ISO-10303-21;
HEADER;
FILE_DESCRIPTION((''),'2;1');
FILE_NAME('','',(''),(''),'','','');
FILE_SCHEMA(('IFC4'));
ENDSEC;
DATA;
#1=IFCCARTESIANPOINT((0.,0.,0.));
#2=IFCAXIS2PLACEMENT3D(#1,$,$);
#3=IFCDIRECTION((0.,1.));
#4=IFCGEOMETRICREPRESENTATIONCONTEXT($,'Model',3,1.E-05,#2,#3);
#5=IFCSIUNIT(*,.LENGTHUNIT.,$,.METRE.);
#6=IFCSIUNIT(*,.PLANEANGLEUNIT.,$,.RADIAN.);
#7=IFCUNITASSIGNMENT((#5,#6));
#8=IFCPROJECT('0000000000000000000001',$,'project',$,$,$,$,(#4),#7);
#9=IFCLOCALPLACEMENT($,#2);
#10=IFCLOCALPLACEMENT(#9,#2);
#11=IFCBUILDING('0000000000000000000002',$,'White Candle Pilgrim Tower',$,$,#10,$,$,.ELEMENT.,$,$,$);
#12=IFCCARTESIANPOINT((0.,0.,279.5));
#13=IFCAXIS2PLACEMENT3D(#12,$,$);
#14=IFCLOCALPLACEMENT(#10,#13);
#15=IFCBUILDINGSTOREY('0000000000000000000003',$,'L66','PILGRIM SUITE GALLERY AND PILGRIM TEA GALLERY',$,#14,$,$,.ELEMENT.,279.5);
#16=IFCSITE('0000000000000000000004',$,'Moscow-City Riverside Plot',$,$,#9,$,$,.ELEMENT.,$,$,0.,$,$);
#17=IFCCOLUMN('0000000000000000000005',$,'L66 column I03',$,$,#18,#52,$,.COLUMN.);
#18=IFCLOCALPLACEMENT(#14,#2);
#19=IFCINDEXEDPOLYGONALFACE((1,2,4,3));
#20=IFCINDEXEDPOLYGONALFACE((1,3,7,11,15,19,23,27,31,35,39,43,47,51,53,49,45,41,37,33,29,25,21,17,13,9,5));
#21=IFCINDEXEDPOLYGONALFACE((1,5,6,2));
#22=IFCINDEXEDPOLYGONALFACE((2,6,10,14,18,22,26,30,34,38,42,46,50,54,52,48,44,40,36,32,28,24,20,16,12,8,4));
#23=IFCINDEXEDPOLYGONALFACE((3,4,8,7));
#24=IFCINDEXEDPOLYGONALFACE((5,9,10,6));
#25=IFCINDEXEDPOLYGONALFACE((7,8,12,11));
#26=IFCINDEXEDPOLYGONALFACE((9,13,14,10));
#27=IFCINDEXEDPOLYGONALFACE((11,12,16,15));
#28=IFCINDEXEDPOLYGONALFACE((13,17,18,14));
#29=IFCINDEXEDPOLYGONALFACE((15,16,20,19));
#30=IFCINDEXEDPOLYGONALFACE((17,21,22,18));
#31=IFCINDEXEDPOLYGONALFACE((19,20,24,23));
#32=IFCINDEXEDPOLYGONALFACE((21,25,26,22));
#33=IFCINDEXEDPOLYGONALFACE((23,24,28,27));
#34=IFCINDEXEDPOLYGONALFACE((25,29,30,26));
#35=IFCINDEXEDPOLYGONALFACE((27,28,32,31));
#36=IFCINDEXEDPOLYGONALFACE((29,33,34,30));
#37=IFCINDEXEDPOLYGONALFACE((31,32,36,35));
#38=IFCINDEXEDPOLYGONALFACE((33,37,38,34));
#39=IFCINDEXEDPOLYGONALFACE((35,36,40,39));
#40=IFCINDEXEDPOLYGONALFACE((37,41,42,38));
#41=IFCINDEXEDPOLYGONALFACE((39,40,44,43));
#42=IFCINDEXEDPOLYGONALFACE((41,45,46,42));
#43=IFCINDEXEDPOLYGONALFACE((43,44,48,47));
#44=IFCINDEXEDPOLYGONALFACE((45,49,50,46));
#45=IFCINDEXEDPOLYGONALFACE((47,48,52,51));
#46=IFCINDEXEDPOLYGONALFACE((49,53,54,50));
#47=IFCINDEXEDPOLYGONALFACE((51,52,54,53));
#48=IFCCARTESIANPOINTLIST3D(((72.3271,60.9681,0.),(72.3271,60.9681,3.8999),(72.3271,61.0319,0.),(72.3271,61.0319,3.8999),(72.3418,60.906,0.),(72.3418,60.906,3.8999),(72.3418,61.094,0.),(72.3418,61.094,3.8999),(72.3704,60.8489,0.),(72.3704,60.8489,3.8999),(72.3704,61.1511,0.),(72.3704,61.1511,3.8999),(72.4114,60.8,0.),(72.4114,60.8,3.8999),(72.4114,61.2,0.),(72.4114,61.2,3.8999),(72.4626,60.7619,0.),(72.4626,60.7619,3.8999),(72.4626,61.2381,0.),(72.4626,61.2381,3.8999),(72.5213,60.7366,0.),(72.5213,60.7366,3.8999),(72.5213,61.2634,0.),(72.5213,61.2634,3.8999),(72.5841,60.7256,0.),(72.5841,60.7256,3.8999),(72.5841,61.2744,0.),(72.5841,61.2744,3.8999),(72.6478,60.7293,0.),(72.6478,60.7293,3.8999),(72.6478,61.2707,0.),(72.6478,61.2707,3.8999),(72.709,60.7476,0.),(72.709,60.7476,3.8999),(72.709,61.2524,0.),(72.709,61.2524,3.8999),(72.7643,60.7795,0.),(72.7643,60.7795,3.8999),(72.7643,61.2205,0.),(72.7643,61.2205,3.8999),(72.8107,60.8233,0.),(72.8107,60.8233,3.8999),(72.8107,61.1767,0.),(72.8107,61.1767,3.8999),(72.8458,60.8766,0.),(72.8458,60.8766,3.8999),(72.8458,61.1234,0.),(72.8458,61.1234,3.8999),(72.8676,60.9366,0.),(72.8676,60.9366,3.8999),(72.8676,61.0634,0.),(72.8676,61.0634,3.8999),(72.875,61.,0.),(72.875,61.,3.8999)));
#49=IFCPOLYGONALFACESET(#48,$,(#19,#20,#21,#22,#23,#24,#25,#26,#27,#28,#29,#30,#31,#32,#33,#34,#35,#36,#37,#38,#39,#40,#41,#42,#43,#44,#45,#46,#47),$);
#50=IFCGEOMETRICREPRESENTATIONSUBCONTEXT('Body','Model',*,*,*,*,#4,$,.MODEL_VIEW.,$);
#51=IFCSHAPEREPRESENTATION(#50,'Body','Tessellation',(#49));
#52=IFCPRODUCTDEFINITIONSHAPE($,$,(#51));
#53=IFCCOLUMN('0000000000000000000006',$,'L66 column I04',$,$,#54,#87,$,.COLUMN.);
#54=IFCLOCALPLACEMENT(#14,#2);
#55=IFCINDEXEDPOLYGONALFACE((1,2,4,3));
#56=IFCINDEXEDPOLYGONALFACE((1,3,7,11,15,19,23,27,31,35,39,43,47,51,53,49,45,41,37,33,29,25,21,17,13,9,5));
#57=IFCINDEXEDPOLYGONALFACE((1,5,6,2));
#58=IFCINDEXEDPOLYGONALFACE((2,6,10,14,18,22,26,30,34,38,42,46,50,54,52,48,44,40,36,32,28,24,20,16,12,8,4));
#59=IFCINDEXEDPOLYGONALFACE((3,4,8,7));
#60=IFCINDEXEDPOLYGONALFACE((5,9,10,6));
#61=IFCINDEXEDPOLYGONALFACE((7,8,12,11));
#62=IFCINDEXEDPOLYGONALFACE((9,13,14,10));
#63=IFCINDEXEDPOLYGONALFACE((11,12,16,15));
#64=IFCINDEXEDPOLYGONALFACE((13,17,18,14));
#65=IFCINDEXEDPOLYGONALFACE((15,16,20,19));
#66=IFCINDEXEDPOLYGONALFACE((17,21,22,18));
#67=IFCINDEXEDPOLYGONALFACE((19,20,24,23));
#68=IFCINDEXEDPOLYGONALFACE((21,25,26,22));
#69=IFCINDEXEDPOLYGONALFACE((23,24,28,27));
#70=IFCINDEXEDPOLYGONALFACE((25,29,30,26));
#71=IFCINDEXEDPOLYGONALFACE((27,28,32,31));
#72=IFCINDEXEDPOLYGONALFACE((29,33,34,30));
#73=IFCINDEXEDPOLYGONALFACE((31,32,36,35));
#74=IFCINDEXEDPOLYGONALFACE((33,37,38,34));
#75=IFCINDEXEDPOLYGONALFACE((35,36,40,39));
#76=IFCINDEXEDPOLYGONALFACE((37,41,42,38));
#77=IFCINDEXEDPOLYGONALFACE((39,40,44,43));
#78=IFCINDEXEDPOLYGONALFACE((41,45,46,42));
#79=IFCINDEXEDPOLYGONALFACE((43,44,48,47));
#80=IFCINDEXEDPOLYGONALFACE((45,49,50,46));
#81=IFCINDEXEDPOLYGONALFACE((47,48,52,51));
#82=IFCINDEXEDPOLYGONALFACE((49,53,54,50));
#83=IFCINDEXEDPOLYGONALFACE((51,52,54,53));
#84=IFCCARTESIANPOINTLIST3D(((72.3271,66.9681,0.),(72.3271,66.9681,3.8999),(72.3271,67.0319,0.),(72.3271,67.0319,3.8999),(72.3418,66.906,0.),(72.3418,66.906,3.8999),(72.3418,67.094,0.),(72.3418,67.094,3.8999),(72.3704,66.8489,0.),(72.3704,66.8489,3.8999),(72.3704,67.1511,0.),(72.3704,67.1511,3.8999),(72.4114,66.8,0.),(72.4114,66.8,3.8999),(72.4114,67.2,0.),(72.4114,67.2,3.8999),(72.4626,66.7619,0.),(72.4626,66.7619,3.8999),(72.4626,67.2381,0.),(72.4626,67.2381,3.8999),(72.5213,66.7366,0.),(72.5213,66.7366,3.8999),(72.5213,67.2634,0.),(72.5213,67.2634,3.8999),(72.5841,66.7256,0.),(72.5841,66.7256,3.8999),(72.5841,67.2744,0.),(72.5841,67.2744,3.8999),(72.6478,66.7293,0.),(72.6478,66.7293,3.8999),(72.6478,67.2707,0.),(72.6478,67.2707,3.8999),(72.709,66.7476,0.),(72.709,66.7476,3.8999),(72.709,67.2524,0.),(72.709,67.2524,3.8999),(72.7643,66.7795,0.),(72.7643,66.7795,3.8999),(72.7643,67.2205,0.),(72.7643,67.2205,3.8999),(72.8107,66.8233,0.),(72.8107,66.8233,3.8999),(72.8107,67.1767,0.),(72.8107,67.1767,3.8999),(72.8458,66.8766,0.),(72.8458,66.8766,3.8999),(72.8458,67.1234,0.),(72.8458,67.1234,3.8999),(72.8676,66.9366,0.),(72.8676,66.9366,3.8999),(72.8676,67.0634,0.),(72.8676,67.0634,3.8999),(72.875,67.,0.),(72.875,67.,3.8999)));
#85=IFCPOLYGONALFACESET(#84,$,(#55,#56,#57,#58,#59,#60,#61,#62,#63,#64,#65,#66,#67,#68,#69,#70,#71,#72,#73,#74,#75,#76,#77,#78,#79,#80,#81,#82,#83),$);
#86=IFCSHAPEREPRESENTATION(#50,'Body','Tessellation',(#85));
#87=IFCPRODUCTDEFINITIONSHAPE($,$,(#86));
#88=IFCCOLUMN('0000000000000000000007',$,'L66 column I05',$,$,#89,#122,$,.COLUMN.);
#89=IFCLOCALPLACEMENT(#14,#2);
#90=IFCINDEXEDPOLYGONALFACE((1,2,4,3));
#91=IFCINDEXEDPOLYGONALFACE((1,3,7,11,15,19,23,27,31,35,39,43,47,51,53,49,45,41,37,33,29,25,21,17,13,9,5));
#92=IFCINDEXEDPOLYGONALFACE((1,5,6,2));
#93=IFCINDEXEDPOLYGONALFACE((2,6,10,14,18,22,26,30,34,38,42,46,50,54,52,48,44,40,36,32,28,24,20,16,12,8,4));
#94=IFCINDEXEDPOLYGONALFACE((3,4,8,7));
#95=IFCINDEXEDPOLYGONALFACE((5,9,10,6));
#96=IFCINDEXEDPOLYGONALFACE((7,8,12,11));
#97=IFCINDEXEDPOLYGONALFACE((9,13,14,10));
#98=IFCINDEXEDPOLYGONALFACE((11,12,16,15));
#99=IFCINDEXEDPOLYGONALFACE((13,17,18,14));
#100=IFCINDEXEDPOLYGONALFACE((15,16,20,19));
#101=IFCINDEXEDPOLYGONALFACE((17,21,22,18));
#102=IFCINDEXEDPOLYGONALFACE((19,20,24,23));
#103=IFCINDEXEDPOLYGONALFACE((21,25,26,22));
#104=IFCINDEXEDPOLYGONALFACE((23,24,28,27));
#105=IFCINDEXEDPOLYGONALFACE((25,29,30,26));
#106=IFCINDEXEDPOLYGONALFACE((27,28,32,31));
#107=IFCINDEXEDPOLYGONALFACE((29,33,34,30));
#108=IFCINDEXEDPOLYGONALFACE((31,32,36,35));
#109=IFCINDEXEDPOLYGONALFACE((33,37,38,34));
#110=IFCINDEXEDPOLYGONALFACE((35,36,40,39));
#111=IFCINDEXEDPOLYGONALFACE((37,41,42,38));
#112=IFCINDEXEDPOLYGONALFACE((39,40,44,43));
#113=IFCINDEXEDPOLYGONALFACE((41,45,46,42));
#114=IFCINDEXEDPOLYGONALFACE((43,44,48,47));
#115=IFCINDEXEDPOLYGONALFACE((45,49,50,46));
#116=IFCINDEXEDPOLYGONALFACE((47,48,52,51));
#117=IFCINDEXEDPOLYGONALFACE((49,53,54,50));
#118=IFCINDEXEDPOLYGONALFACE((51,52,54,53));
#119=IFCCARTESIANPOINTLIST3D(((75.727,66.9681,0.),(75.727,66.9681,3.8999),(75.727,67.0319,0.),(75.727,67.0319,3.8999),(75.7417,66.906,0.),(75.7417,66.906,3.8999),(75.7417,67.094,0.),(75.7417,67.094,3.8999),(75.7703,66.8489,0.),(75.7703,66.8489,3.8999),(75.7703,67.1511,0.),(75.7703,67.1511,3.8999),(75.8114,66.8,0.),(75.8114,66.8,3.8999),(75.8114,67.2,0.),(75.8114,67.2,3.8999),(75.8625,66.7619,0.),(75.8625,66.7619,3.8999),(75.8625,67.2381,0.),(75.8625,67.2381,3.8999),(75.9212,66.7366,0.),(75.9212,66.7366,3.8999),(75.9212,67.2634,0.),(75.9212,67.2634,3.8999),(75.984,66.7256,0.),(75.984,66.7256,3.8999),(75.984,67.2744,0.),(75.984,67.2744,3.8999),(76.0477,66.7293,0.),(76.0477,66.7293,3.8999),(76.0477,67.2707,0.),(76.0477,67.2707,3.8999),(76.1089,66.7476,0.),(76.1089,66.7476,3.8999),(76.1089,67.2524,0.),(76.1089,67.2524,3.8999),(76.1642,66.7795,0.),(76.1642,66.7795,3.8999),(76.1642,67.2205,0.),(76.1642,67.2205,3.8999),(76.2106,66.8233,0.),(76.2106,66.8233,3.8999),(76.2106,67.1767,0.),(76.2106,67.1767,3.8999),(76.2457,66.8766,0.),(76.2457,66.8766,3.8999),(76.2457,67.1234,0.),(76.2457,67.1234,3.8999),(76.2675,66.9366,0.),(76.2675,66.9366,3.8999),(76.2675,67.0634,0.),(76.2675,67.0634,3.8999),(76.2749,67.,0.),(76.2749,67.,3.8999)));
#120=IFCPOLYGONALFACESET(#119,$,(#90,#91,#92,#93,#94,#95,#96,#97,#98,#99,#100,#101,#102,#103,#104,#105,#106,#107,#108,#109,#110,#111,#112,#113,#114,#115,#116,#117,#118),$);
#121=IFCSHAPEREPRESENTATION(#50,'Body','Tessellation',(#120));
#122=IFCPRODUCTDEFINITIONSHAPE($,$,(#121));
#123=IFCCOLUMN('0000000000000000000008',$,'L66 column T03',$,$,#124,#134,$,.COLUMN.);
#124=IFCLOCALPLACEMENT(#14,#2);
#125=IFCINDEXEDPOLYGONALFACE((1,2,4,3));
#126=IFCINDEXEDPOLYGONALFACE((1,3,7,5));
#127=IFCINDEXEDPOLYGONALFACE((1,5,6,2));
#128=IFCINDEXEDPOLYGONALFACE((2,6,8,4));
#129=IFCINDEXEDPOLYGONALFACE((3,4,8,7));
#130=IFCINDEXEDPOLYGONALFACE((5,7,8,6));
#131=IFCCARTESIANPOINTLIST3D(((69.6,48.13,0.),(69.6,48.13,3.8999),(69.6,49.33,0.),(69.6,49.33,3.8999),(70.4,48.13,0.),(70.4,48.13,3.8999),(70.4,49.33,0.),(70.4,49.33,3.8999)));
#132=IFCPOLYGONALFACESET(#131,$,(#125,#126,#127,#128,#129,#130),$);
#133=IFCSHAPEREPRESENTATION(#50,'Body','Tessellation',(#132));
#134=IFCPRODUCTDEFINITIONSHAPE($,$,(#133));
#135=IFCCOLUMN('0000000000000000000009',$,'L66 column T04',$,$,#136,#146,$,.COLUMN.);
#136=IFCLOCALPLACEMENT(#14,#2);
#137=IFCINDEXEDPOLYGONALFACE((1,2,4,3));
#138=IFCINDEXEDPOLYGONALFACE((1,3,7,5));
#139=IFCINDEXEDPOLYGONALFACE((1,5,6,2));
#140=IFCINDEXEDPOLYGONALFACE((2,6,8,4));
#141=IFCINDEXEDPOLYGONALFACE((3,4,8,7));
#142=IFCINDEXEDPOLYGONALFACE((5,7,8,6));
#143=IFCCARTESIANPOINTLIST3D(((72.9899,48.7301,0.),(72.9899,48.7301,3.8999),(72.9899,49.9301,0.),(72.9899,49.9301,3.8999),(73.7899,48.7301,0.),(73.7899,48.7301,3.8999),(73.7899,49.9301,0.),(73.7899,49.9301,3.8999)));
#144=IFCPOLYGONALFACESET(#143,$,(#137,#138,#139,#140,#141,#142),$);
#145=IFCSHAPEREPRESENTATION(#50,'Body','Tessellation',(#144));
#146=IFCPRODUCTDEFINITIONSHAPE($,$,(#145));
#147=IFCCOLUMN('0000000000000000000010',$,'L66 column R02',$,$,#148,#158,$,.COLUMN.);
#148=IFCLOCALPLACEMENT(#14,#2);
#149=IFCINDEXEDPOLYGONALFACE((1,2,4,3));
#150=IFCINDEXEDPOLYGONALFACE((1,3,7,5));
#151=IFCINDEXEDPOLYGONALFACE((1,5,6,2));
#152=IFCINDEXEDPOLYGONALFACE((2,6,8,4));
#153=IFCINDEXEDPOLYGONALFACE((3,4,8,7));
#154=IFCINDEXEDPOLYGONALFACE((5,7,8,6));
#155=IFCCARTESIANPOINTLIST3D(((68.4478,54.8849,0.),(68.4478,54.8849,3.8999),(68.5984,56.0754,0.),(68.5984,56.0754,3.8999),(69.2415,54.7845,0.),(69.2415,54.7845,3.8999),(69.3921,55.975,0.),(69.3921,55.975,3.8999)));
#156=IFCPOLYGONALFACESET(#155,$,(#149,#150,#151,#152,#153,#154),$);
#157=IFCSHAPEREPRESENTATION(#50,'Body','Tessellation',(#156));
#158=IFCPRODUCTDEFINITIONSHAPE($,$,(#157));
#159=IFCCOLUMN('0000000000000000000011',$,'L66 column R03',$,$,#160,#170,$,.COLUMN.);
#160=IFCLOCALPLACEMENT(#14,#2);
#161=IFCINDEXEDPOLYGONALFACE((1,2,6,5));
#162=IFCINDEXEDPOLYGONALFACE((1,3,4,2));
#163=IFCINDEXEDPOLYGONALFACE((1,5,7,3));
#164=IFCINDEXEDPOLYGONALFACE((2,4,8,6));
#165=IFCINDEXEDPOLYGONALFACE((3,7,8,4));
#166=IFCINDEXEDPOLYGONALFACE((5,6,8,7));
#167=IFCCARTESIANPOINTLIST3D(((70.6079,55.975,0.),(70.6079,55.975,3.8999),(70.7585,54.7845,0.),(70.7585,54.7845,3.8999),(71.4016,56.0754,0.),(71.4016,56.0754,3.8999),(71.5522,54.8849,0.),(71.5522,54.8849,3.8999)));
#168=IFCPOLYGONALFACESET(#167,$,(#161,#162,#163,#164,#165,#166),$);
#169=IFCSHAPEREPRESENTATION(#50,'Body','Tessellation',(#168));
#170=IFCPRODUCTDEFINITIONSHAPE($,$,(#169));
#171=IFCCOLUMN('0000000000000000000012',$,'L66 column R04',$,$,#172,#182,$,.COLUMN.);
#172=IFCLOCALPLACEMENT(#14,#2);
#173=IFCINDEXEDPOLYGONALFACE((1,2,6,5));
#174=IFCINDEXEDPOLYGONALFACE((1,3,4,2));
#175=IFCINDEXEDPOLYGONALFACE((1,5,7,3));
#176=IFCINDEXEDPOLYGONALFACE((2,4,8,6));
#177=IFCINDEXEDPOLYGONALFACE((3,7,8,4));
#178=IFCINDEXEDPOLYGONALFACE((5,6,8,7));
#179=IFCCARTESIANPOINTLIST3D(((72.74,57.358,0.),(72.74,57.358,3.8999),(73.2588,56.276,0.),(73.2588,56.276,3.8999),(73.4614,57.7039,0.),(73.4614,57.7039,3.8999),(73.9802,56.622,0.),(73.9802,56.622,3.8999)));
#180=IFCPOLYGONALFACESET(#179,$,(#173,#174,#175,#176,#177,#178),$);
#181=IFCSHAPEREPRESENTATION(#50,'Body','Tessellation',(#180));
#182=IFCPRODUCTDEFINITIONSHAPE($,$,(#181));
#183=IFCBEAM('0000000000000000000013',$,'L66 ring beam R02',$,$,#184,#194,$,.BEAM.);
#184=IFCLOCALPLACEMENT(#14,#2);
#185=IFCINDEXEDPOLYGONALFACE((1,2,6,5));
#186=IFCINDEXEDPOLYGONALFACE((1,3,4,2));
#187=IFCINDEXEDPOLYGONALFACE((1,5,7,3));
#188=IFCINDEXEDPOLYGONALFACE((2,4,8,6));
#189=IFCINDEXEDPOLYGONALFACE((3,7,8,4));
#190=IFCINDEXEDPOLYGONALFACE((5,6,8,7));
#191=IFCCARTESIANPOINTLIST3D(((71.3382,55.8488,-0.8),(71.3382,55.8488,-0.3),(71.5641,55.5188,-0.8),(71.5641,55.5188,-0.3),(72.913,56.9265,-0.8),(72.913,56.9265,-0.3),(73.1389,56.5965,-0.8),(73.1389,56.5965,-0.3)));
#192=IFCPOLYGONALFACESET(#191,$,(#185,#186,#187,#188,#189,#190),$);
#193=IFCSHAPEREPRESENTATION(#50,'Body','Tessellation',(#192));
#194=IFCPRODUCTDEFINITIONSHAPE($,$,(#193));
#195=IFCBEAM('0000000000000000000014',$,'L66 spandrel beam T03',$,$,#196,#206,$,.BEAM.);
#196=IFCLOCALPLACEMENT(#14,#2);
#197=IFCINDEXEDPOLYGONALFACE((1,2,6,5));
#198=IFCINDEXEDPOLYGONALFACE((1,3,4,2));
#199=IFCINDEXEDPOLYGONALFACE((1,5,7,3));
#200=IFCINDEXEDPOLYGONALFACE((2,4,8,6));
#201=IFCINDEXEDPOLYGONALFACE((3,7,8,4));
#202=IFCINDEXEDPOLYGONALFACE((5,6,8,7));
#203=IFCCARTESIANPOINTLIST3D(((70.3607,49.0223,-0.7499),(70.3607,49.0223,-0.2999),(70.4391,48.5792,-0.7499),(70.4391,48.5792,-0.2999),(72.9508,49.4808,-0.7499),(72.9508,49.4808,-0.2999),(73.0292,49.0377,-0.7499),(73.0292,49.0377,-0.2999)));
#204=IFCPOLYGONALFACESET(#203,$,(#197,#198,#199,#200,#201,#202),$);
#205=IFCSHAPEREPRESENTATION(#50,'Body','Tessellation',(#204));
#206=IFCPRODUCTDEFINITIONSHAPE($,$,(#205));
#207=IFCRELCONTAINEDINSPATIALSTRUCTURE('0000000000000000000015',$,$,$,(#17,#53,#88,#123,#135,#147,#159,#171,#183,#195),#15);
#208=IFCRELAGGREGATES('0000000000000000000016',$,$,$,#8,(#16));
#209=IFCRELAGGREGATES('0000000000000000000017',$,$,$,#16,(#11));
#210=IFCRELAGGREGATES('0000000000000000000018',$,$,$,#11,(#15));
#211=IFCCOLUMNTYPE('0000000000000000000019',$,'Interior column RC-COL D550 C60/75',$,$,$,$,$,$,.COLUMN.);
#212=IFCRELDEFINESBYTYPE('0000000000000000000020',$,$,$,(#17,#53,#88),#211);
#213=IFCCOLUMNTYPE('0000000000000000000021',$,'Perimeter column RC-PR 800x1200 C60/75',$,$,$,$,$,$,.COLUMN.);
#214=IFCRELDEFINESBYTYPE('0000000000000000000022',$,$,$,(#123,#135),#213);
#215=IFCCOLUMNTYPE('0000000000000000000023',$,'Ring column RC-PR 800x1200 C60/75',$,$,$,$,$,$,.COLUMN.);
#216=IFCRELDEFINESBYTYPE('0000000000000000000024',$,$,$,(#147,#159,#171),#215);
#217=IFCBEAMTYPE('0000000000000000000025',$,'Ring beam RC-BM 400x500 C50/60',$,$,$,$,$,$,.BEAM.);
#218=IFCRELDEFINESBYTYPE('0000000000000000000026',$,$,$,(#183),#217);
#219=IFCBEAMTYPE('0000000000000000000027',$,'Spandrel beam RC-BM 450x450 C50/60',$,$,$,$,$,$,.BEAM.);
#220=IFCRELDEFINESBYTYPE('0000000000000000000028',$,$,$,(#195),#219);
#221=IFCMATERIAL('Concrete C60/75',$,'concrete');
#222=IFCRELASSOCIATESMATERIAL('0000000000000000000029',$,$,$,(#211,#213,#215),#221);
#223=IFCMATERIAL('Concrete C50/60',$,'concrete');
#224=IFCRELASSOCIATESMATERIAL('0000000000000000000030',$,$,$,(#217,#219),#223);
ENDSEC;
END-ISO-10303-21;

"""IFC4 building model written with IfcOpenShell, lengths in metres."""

from ifc_helpers import new_model, si_unit, direction, frame, origin, origin_2d, place, context, subcontext, project, spatial, rectangle, circle, extrude, material, material_profile, profile_set, type_object, element, save


model = new_model("IFC4")

# Units and contexts
model_context = context("Model", 3, precision=1e-05, world=origin(), true_north=direction((0.0, 1.0)))
body_context = subcontext(model_context, "Body", "Model", "MODEL_VIEW")
ifc_project = project(units=[si_unit("LENGTHUNIT", "METRE"), si_unit("PLANEANGLEUNIT", "RADIAN")], contexts=[model_context])

# Site, building, storey
site_placement = place(None, origin())
site = spatial("IfcSite", under=ifc_project, at=site_placement, Name="Moscow-City Riverside Plot", CompositionType="ELEMENT", RefElevation=0.0)
building_placement = place(site_placement, origin())
building = spatial("IfcBuilding", under=site, at=building_placement, Name="White Candle Pilgrim Tower", CompositionType="ELEMENT")
storey_placement = place(building_placement, frame((0.0, 0.0, 279.5)))
storey = spatial("IfcBuildingStorey", under=building, at=storey_placement, Name="L66", Description="PILGRIM SUITE GALLERY AND PILGRIM TEA GALLERY", CompositionType="ELEMENT", Elevation=279.5)

# Columns
ifc_material_1 = material(Name="Concrete C60/75", Category="concrete")
ifc_material_profile_1 = material_profile(ifc_material_1, circle(Radius=0.2749, at=origin_2d()), Name="RC-COL D550")
ifc_profile_set_1 = profile_set([ifc_material_profile_1], Name="Concrete C60/75")
column_type_1 = type_object("IfcColumnType", Name="Interior column RC-COL D550 C60/75", PredefinedType="COLUMN", material=ifc_profile_set_1)
for number, where, z_axis, x_axis, name in (
    (1, (72.6001, 61.0, 0.0), (0.0, 0.0, 1.0), (1.0, 0.0, 0.0), "L66 column I03"),
    (2, (72.6001, 67.0, 0.0), (0.0, 0.0, 1.0), (1.0, 0.0, 0.0), "L66 column I04"),
    (3, (76.0, 67.0, 0.0), (0.0, 0.0, 1.0), (1.0, 0.0, 0.0), "L66 column I05"),
):
    element("IfcColumn", number, at=place(storey_placement, frame(where, z_axis=z_axis, x_axis=x_axis)), inside=storey, type_object=column_type_1, Name=name, PredefinedType="COLUMN", context=body_context, shape_type="SweptSolid", body=[
        extrude(circle(Radius=0.2749, at=origin_2d()), origin(), (0.0, 0.0, 1.0), 3.8999),
    ])
ifc_material_profile_2 = material_profile(ifc_material_1, rectangle(XDim=0.8, YDim=1.2, at=origin_2d()), Name="RC-PR 800x1200")
ifc_profile_set_2 = profile_set([ifc_material_profile_2], Name="Concrete C60/75")
column_type_2 = type_object("IfcColumnType", Name="Perimeter column RC-PR 800x1200 C60/75", PredefinedType="COLUMN", material=ifc_profile_set_2)
for number, where, z_axis, x_axis, name in (
    (4, (70.0, 48.73, 0.0), (0.0, 0.0, 1.0), (-1.0, 0.0, 0.0), "L66 column T03"),
    (5, (73.3899, 49.3301, 0.0), (0.0, 0.0, 1.0), (-1.0, 0.0, 0.0), "L66 column T04"),
):
    element("IfcColumn", number, at=place(storey_placement, frame(where, z_axis=z_axis, x_axis=x_axis)), inside=storey, type_object=column_type_2, Name=name, PredefinedType="COLUMN", context=body_context, shape_type="SweptSolid", body=[
        extrude(rectangle(XDim=0.8, YDim=1.2, at=origin_2d()), origin(), (0.0, 0.0, 1.0), 3.8999),
    ])
ifc_material_profile_3 = material_profile(ifc_material_1, rectangle(XDim=0.8, YDim=1.2, at=origin_2d()), Name="RC-PR 800x1200")
ifc_profile_set_3 = profile_set([ifc_material_profile_3], Name="Concrete C60/75")
column_type_3 = type_object("IfcColumnType", Name="Ring column RC-PR 800x1200 C60/75", PredefinedType="COLUMN", material=ifc_profile_set_3)
for number, where, z_axis, x_axis, name in (
    (6, (68.9199, 55.4299, 0.0), (0.0, 0.0, 1.0), (-0.992093, 0.125506, 0.0), "L66 column R02"),
    (7, (71.0801, 55.4299, 0.0), (0.0, 0.0, 1.0), (-0.992093, -0.125506, 0.0), "L66 column R03"),
    (8, (73.3601, 56.99, 0.0), (0.0, 0.0, 1.0), (-0.901689, -0.432385, 0.0), "L66 column R04"),
):
    element("IfcColumn", number, at=place(storey_placement, frame(where, z_axis=z_axis, x_axis=x_axis)), inside=storey, type_object=column_type_3, Name=name, PredefinedType="COLUMN", context=body_context, shape_type="SweptSolid", body=[
        extrude(rectangle(XDim=0.8, YDim=1.2, at=origin_2d()), origin(), (0.0, 0.0, 1.0), 3.8999),
    ])

# Beams
ifc_material_2 = material(Name="Concrete C50/60", Category="concrete")
ifc_material_profile_4 = material_profile(ifc_material_2, rectangle(XDim=0.3999, YDim=0.5, at=origin_2d()), Name="RC-BM 400x500")
ifc_profile_set_4 = profile_set([ifc_material_profile_4], Name="Concrete C50/60")
beam_type_1 = type_object("IfcBeamType", Name="Ring beam RC-BM 400x500 C50/60", PredefinedType="BEAM", material=ifc_profile_set_4)
beam_1_placement = place(storey_placement, frame((71.4512, 55.6838, -0.55), z_axis=(0.825257, 0.564757, 0.0), x_axis=(-0.564757, 0.825257, 0.0)))
element("IfcBeam", 9, at=beam_1_placement, inside=storey, type_object=beam_type_1, Name="L66 ring beam R02", PredefinedType="BEAM", context=body_context, shape_type="SweptSolid", body=[
    extrude(rectangle(XDim=0.3999, YDim=0.5, at=origin_2d()), origin(), (0.0, 0.0, 1.0), 1.9082),
])
ifc_material_profile_5 = material_profile(ifc_material_2, rectangle(XDim=0.45, YDim=0.45, at=origin_2d()), Name="RC-BM 450x450")
ifc_profile_set_5 = profile_set([ifc_material_profile_5], Name="Concrete C50/60")
beam_type_2 = type_object("IfcBeamType", Name="Spandrel beam RC-BM 450x450 C50/60", PredefinedType="BEAM", material=ifc_profile_set_5)
beam_2_placement = place(storey_placement, frame((70.3999, 48.8008, -0.5249), z_axis=(0.984691, 0.17431, 0.0), x_axis=(-0.17431, 0.984691, 0.0)))
element("IfcBeam", 10, at=beam_2_placement, inside=storey, type_object=beam_type_2, Name="L66 spandrel beam T03", PredefinedType="BEAM", context=body_context, shape_type="SweptSolid", body=[
    extrude(rectangle(XDim=0.45, YDim=0.45, at=origin_2d()), origin(), (0.0, 0.0, 1.0), 2.6304),
])

save(model, "model.ifc")
